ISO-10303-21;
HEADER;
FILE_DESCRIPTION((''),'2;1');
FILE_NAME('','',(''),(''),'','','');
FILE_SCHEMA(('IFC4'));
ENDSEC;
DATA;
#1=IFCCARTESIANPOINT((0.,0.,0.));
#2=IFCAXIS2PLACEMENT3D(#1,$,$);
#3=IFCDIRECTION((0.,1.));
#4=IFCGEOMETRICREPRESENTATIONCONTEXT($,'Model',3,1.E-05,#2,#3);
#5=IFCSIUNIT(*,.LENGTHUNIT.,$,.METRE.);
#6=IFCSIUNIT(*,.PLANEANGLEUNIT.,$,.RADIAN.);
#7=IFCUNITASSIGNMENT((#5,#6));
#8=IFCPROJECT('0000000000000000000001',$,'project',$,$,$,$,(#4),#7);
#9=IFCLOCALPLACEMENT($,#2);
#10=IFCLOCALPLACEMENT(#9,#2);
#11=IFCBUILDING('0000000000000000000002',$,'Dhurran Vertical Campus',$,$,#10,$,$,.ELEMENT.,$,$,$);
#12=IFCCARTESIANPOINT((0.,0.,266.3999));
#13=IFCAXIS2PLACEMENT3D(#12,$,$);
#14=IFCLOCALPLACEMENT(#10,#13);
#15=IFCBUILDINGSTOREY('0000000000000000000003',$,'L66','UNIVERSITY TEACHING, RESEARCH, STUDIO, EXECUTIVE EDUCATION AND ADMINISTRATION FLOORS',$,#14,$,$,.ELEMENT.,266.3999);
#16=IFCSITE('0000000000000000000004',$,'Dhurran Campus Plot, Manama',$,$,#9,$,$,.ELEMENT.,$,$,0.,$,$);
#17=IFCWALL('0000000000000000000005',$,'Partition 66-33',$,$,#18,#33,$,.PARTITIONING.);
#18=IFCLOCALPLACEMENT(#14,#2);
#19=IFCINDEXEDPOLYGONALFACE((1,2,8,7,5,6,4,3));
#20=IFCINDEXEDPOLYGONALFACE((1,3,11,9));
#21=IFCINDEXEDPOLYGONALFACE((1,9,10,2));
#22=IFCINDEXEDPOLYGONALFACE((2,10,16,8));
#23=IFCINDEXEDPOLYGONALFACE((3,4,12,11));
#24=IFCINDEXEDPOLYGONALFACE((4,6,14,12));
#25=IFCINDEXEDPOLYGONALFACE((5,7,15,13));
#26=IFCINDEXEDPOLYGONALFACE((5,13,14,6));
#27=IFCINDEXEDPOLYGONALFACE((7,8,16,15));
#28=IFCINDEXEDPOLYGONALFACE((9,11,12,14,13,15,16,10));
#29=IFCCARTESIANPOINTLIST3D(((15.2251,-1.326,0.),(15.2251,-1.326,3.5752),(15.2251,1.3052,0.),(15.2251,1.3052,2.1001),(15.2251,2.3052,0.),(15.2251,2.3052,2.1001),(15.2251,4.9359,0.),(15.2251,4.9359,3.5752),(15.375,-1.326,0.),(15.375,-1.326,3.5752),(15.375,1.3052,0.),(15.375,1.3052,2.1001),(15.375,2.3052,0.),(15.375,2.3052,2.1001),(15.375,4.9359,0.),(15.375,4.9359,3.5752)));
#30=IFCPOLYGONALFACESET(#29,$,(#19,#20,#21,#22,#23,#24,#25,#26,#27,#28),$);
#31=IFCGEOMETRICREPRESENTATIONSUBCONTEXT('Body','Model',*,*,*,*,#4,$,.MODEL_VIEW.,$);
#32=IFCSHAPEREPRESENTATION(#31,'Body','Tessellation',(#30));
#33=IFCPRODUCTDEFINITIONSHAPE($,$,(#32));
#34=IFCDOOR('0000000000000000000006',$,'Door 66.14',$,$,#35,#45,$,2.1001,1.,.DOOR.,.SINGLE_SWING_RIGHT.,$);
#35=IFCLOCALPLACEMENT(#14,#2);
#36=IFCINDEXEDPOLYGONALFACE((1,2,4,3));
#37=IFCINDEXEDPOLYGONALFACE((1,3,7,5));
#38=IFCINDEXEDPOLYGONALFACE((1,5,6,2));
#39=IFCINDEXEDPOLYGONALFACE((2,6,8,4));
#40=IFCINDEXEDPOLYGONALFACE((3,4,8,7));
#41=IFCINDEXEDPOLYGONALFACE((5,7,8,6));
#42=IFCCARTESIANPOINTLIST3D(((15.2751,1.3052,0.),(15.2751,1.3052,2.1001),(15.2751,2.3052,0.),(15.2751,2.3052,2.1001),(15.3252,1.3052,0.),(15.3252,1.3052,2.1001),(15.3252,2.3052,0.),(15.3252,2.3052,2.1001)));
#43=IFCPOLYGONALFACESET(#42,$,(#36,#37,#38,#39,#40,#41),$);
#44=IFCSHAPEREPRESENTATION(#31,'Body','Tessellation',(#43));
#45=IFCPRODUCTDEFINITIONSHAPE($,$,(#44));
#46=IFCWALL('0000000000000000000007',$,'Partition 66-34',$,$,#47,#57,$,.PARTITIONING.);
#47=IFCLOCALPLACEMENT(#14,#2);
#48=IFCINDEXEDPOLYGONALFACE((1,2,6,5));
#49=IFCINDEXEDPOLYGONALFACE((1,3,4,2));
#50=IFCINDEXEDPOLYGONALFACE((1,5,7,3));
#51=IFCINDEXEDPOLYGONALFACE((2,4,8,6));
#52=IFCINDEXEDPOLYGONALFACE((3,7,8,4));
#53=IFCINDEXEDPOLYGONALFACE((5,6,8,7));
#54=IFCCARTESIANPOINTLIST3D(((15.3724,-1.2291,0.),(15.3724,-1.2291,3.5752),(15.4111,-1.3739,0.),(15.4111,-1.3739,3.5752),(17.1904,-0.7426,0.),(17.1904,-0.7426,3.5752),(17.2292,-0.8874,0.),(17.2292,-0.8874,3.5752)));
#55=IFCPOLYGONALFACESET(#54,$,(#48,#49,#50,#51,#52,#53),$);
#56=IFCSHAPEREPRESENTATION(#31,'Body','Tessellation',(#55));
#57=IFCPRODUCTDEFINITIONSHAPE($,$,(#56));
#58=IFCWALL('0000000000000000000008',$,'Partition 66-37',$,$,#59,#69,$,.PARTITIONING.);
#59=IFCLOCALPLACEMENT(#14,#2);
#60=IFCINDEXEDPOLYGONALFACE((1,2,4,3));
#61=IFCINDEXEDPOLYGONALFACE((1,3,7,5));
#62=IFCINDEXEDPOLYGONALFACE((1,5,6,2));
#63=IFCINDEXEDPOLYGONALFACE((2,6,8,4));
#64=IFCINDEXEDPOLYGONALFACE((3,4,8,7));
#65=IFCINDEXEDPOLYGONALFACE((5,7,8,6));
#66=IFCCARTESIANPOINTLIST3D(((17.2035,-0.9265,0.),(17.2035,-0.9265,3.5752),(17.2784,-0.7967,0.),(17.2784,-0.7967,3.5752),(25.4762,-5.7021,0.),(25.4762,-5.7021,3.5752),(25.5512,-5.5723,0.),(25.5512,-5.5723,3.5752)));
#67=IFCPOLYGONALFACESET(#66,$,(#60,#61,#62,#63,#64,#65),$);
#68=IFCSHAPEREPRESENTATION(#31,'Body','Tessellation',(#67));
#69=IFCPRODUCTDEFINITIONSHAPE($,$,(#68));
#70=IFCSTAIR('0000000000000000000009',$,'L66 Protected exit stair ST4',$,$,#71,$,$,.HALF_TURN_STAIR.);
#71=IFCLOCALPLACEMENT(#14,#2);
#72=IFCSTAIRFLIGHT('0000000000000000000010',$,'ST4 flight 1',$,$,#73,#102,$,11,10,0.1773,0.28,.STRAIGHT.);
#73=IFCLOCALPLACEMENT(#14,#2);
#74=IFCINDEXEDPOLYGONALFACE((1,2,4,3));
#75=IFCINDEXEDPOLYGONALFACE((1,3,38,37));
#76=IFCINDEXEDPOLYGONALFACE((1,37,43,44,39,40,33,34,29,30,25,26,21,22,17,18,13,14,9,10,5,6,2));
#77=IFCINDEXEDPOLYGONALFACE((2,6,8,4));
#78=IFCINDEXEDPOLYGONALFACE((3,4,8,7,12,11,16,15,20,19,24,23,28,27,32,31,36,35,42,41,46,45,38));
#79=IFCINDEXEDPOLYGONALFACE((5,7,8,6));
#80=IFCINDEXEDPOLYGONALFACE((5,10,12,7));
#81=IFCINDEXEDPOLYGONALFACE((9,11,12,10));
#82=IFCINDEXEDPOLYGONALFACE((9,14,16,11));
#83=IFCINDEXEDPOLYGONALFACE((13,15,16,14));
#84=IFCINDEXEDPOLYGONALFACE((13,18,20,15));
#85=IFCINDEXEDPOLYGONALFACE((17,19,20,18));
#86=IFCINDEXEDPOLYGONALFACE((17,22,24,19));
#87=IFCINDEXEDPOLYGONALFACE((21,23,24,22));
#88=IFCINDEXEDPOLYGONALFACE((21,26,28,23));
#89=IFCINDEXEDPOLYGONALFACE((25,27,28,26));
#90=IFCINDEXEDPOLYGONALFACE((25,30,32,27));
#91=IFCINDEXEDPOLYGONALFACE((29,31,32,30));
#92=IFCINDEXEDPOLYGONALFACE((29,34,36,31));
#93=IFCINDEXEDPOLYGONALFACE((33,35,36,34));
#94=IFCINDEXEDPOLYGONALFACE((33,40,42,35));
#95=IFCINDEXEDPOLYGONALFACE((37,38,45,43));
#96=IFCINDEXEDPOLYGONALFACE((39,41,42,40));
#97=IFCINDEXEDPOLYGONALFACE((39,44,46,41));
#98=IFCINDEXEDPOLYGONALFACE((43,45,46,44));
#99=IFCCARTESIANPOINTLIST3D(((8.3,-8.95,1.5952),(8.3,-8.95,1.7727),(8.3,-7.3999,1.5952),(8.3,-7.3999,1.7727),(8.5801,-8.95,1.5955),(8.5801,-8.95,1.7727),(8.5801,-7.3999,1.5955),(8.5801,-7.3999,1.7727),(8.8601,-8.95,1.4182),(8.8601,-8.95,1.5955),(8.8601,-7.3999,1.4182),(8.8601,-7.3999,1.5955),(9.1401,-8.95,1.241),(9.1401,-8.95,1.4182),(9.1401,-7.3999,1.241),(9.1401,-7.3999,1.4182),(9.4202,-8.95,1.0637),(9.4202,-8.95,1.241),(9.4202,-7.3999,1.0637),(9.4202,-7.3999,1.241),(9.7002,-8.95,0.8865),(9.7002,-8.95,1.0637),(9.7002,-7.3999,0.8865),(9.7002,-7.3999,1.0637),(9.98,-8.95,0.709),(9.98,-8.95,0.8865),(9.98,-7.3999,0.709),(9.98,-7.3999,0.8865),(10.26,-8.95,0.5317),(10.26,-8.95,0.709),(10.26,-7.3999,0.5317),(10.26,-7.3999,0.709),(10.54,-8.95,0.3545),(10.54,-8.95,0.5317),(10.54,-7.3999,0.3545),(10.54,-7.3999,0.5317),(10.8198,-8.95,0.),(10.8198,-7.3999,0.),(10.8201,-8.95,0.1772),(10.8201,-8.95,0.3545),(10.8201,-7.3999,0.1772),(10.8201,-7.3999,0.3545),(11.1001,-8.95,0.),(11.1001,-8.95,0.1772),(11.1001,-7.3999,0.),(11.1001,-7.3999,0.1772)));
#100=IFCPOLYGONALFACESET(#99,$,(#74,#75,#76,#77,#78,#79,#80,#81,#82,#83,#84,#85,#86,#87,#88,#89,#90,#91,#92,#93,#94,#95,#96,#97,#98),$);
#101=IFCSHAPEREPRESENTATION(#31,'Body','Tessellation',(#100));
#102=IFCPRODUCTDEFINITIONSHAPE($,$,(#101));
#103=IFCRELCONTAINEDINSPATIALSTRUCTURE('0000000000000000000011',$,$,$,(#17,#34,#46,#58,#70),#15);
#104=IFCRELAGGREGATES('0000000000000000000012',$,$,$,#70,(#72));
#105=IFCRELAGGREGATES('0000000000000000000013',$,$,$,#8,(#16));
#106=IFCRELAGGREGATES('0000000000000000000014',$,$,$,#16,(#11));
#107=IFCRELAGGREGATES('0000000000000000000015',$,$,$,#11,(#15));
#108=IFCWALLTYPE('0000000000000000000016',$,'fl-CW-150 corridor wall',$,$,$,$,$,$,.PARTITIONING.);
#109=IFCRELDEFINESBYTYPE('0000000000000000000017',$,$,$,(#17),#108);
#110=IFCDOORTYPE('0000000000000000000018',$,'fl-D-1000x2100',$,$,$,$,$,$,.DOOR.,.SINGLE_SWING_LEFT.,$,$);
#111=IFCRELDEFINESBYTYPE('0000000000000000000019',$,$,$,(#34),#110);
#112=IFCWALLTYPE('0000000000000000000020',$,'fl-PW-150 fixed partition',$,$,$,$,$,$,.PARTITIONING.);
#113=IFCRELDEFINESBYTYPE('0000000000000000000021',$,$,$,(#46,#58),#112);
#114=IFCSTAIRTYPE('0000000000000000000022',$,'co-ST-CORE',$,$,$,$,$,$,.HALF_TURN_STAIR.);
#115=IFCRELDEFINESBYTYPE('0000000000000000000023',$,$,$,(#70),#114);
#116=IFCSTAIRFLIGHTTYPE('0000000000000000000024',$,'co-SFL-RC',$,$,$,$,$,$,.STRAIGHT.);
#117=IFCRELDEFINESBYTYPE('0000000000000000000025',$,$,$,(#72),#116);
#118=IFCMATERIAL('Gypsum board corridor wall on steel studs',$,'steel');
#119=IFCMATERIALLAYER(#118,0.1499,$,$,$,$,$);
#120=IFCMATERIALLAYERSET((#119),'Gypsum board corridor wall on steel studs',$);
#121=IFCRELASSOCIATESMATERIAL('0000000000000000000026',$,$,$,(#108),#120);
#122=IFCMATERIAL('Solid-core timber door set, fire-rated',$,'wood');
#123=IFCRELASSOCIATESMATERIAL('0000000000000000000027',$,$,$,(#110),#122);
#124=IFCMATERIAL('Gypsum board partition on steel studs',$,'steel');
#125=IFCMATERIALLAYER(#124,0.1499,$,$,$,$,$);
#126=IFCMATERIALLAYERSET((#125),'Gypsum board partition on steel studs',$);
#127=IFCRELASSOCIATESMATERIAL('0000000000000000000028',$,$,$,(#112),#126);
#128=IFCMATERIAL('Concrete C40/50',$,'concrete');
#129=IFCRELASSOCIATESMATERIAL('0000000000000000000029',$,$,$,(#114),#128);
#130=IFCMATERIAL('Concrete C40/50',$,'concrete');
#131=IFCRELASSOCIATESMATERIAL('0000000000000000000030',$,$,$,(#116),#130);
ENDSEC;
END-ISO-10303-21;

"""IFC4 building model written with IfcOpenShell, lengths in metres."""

from ifc_helpers import new_model, si_unit, direction, frame, frame_2d, origin, place, context, subcontext, project, spatial, polyline, rectangle, outline, extrude, material, layer, layer_set, type_object, element, fill, aggregate, save


model = new_model("IFC4")

# Units and contexts
model_context = context("Model", 3, precision=1e-05, world=origin(), true_north=direction((0.0, 1.0)))
body_context = subcontext(model_context, "Body", "Model", "MODEL_VIEW")
ifc_project = project(units=[si_unit("LENGTHUNIT", "METRE"), si_unit("PLANEANGLEUNIT", "RADIAN")], contexts=[model_context])

# Site, building, storey
site_placement = place(None, origin())
site = spatial("IfcSite", under=ifc_project, at=site_placement, Name="Dhurran Campus Plot, Manama", CompositionType="ELEMENT", RefElevation=0.0)
building_placement = place(site_placement, origin())
building = spatial("IfcBuilding", under=site, at=building_placement, Name="Dhurran Vertical Campus", CompositionType="ELEMENT")
storey_placement = place(building_placement, frame((0.0, 0.0, 266.3999)))
storey = spatial("IfcBuildingStorey", under=building, at=storey_placement, Name="L66", Description="UNIVERSITY TEACHING, RESEARCH, STUDIO, EXECUTIVE EDUCATION AND ADMINISTRATION FLOORS", CompositionType="ELEMENT", Elevation=266.3999)

# Wall, opening, door
ifc_material_1 = material(Name="Gypsum board corridor wall on steel studs", Category="steel")
ifc_layer_1 = layer(ifc_material_1, 0.1499)
ifc_layer_set_1 = layer_set([ifc_layer_1], Name="Gypsum board corridor wall on steel studs")
wall_type_1 = type_object("IfcWallType", Name="fl-CW-150 corridor wall", PredefinedType="PARTITIONING", material=ifc_layer_set_1)
wall_1_placement = place(storey_placement, frame((15.3, -1.3259, 0.0), z_axis=(0.0, 0.0, 1.0), x_axis=(0.0, 1.0, 0.0)))
wall_1 = element("IfcWall", 1, at=wall_1_placement, inside=storey, type_object=wall_type_1, Name="Partition 66-33", PredefinedType="PARTITIONING", context=body_context, shape_type="SweptSolid", body=[
    extrude(rectangle(XDim=6.262, YDim=0.1499, at=frame_2d((3.1309, 0.0))), origin(), (0.0, 0.0, 1.0), 3.5752),
])
opening_1_placement = place(wall_1_placement, frame((2.6311, 0.0, 0.0)))
opening_1 = element("IfcOpeningElement", 2, at=opening_1_placement, cuts=wall_1, PredefinedType="OPENING", context=body_context, shape_type="SweptSolid", body=[
    extrude(rectangle(XDim=1.0, YDim=2.1001, at=frame_2d((0.5, 1.05))), frame((0.0, 0.085, 0.0), z_axis=(0.0, -1.0, 0.0), x_axis=(1.0, 0.0, 0.0)), (0.0, 0.0, 1.0), 0.1699),
])
ifc_material_2 = material(Name="Solid-core timber door set, fire-rated", Category="wood")
door_type = type_object("IfcDoorType", Name="fl-D-1000x2100", OperationType="SINGLE_SWING_LEFT", PredefinedType="DOOR", material=ifc_material_2)
door_placement = place(opening_1_placement, origin())
door = element("IfcDoor", 3, at=door_placement, inside=storey, type_object=door_type, Name="Door 66.14", OperationType="SINGLE_SWING_RIGHT", OverallHeight=2.1001, OverallWidth=1.0, PredefinedType="DOOR", context=body_context, shape_type="SweptSolid", body=[
    extrude(rectangle(XDim=1.0, YDim=2.1001, at=frame_2d((0.5, 1.05))), frame((0.0, 0.0249, 0.0), z_axis=(0.0, -1.0, 0.0), x_axis=(1.0, 0.0, 0.0)), (0.0, 0.0, 1.0), 0.05),
])
fill(opening_1, door)

# Walls
ifc_material_3 = material(Name="Gypsum board partition on steel studs", Category="steel")
ifc_layer_2 = layer(ifc_material_3, 0.1499)
ifc_layer_set_2 = layer_set([ifc_layer_2], Name="Gypsum board partition on steel studs")
wall_type_2 = type_object("IfcWallType", Name="fl-PW-150 fixed partition", PredefinedType="PARTITIONING", material=ifc_layer_set_2)
wall_2_placement = place(storey_placement, frame((15.3918, -1.3015, 0.0), z_axis=(0.0, 0.0, 1.0), x_axis=(0.966004, 0.258526, 0.0)))
element("IfcWall", 4, at=wall_2_placement, inside=storey, type_object=wall_type_2, Name="Partition 66-34", PredefinedType="PARTITIONING", context=body_context, shape_type="SweptSolid", body=[
    extrude(rectangle(XDim=1.8821, YDim=0.1499, at=frame_2d((0.9409, 0.0))), origin(), (0.0, 0.0, 1.0), 3.5752),
])
wall_3_placement = place(storey_placement, frame((17.241, -0.8616, 0.0), z_axis=(0.0, 0.0, 1.0), x_axis=(0.866053, -0.499952, 0.0)))
element("IfcWall", 5, at=wall_3_placement, inside=storey, type_object=wall_type_2, Name="Partition 66-37", PredefinedType="PARTITIONING", context=body_context, shape_type="SweptSolid", body=[
    extrude(rectangle(XDim=9.5522, YDim=0.1499, at=frame_2d((4.7761, 0.0))), origin(), (0.0, 0.0, 1.0), 3.5752),
])

# Stair, stair flight
ifc_material_4 = material(Name="Concrete C40/50", Category="concrete")
stair_type = type_object("IfcStairType", Name="co-ST-CORE", PredefinedType="HALF_TURN_STAIR", material=ifc_material_4)
stair_placement = place(storey_placement, origin())
stair = element("IfcStair", 6, at=stair_placement, inside=storey, type_object=stair_type, Name="L66 Protected exit stair ST4", PredefinedType="HALF_TURN_STAIR")
ifc_material_5 = material(Name="Concrete C40/50", Category="concrete")
stair_flight_type = type_object("IfcStairFlightType", Name="co-SFL-RC", PredefinedType="STRAIGHT", material=ifc_material_5)
stair_flight_placement = place(storey_placement, frame((11.1001, -8.175, 0.0), z_axis=(0.0, 0.0, 1.0), x_axis=(-1.0, 0.0, 0.0)))
stair_flight = element("IfcStairFlight", 7, at=stair_flight_placement, type_object=stair_flight_type, Name="ST4 flight 1", NumberOfRisers=11, NumberOfTreads=10, PredefinedType="STRAIGHT", RiserHeight=0.1773, TreadLength=0.28, context=body_context, shape_type="SweptSolid", body=[
    extrude(outline(polyline([(0.0, 0.0), (0.0, 0.1772), (0.28, 0.1772), (0.28, 0.3545), (0.5601, 0.3545), (0.5601, 0.5317), (0.8401, 0.5317), (0.8401, 0.709), (1.1201, 0.709), (1.1201, 0.8865), (1.3999, 0.8865), (1.3999, 1.0637), (1.6799, 1.0637), (1.6799, 1.241), (1.96, 1.241), (1.96, 1.4182), (2.24, 1.4182), (2.24, 1.5955), (2.52, 1.5955), (2.52, 1.7727), (2.8, 1.7727), (2.8, 1.95), (2.8, 1.5952), (0.2803, 0.0), (0.0, 0.0)])), frame((0.0, 0.7749, 0.0), z_axis=(0.0, -1.0, 0.0), x_axis=(1.0, 0.0, 0.0)), (0.0, 0.0, 1.0), 1.55),
])
aggregate(stair, [stair_flight])

save(model, "model.ifc")
